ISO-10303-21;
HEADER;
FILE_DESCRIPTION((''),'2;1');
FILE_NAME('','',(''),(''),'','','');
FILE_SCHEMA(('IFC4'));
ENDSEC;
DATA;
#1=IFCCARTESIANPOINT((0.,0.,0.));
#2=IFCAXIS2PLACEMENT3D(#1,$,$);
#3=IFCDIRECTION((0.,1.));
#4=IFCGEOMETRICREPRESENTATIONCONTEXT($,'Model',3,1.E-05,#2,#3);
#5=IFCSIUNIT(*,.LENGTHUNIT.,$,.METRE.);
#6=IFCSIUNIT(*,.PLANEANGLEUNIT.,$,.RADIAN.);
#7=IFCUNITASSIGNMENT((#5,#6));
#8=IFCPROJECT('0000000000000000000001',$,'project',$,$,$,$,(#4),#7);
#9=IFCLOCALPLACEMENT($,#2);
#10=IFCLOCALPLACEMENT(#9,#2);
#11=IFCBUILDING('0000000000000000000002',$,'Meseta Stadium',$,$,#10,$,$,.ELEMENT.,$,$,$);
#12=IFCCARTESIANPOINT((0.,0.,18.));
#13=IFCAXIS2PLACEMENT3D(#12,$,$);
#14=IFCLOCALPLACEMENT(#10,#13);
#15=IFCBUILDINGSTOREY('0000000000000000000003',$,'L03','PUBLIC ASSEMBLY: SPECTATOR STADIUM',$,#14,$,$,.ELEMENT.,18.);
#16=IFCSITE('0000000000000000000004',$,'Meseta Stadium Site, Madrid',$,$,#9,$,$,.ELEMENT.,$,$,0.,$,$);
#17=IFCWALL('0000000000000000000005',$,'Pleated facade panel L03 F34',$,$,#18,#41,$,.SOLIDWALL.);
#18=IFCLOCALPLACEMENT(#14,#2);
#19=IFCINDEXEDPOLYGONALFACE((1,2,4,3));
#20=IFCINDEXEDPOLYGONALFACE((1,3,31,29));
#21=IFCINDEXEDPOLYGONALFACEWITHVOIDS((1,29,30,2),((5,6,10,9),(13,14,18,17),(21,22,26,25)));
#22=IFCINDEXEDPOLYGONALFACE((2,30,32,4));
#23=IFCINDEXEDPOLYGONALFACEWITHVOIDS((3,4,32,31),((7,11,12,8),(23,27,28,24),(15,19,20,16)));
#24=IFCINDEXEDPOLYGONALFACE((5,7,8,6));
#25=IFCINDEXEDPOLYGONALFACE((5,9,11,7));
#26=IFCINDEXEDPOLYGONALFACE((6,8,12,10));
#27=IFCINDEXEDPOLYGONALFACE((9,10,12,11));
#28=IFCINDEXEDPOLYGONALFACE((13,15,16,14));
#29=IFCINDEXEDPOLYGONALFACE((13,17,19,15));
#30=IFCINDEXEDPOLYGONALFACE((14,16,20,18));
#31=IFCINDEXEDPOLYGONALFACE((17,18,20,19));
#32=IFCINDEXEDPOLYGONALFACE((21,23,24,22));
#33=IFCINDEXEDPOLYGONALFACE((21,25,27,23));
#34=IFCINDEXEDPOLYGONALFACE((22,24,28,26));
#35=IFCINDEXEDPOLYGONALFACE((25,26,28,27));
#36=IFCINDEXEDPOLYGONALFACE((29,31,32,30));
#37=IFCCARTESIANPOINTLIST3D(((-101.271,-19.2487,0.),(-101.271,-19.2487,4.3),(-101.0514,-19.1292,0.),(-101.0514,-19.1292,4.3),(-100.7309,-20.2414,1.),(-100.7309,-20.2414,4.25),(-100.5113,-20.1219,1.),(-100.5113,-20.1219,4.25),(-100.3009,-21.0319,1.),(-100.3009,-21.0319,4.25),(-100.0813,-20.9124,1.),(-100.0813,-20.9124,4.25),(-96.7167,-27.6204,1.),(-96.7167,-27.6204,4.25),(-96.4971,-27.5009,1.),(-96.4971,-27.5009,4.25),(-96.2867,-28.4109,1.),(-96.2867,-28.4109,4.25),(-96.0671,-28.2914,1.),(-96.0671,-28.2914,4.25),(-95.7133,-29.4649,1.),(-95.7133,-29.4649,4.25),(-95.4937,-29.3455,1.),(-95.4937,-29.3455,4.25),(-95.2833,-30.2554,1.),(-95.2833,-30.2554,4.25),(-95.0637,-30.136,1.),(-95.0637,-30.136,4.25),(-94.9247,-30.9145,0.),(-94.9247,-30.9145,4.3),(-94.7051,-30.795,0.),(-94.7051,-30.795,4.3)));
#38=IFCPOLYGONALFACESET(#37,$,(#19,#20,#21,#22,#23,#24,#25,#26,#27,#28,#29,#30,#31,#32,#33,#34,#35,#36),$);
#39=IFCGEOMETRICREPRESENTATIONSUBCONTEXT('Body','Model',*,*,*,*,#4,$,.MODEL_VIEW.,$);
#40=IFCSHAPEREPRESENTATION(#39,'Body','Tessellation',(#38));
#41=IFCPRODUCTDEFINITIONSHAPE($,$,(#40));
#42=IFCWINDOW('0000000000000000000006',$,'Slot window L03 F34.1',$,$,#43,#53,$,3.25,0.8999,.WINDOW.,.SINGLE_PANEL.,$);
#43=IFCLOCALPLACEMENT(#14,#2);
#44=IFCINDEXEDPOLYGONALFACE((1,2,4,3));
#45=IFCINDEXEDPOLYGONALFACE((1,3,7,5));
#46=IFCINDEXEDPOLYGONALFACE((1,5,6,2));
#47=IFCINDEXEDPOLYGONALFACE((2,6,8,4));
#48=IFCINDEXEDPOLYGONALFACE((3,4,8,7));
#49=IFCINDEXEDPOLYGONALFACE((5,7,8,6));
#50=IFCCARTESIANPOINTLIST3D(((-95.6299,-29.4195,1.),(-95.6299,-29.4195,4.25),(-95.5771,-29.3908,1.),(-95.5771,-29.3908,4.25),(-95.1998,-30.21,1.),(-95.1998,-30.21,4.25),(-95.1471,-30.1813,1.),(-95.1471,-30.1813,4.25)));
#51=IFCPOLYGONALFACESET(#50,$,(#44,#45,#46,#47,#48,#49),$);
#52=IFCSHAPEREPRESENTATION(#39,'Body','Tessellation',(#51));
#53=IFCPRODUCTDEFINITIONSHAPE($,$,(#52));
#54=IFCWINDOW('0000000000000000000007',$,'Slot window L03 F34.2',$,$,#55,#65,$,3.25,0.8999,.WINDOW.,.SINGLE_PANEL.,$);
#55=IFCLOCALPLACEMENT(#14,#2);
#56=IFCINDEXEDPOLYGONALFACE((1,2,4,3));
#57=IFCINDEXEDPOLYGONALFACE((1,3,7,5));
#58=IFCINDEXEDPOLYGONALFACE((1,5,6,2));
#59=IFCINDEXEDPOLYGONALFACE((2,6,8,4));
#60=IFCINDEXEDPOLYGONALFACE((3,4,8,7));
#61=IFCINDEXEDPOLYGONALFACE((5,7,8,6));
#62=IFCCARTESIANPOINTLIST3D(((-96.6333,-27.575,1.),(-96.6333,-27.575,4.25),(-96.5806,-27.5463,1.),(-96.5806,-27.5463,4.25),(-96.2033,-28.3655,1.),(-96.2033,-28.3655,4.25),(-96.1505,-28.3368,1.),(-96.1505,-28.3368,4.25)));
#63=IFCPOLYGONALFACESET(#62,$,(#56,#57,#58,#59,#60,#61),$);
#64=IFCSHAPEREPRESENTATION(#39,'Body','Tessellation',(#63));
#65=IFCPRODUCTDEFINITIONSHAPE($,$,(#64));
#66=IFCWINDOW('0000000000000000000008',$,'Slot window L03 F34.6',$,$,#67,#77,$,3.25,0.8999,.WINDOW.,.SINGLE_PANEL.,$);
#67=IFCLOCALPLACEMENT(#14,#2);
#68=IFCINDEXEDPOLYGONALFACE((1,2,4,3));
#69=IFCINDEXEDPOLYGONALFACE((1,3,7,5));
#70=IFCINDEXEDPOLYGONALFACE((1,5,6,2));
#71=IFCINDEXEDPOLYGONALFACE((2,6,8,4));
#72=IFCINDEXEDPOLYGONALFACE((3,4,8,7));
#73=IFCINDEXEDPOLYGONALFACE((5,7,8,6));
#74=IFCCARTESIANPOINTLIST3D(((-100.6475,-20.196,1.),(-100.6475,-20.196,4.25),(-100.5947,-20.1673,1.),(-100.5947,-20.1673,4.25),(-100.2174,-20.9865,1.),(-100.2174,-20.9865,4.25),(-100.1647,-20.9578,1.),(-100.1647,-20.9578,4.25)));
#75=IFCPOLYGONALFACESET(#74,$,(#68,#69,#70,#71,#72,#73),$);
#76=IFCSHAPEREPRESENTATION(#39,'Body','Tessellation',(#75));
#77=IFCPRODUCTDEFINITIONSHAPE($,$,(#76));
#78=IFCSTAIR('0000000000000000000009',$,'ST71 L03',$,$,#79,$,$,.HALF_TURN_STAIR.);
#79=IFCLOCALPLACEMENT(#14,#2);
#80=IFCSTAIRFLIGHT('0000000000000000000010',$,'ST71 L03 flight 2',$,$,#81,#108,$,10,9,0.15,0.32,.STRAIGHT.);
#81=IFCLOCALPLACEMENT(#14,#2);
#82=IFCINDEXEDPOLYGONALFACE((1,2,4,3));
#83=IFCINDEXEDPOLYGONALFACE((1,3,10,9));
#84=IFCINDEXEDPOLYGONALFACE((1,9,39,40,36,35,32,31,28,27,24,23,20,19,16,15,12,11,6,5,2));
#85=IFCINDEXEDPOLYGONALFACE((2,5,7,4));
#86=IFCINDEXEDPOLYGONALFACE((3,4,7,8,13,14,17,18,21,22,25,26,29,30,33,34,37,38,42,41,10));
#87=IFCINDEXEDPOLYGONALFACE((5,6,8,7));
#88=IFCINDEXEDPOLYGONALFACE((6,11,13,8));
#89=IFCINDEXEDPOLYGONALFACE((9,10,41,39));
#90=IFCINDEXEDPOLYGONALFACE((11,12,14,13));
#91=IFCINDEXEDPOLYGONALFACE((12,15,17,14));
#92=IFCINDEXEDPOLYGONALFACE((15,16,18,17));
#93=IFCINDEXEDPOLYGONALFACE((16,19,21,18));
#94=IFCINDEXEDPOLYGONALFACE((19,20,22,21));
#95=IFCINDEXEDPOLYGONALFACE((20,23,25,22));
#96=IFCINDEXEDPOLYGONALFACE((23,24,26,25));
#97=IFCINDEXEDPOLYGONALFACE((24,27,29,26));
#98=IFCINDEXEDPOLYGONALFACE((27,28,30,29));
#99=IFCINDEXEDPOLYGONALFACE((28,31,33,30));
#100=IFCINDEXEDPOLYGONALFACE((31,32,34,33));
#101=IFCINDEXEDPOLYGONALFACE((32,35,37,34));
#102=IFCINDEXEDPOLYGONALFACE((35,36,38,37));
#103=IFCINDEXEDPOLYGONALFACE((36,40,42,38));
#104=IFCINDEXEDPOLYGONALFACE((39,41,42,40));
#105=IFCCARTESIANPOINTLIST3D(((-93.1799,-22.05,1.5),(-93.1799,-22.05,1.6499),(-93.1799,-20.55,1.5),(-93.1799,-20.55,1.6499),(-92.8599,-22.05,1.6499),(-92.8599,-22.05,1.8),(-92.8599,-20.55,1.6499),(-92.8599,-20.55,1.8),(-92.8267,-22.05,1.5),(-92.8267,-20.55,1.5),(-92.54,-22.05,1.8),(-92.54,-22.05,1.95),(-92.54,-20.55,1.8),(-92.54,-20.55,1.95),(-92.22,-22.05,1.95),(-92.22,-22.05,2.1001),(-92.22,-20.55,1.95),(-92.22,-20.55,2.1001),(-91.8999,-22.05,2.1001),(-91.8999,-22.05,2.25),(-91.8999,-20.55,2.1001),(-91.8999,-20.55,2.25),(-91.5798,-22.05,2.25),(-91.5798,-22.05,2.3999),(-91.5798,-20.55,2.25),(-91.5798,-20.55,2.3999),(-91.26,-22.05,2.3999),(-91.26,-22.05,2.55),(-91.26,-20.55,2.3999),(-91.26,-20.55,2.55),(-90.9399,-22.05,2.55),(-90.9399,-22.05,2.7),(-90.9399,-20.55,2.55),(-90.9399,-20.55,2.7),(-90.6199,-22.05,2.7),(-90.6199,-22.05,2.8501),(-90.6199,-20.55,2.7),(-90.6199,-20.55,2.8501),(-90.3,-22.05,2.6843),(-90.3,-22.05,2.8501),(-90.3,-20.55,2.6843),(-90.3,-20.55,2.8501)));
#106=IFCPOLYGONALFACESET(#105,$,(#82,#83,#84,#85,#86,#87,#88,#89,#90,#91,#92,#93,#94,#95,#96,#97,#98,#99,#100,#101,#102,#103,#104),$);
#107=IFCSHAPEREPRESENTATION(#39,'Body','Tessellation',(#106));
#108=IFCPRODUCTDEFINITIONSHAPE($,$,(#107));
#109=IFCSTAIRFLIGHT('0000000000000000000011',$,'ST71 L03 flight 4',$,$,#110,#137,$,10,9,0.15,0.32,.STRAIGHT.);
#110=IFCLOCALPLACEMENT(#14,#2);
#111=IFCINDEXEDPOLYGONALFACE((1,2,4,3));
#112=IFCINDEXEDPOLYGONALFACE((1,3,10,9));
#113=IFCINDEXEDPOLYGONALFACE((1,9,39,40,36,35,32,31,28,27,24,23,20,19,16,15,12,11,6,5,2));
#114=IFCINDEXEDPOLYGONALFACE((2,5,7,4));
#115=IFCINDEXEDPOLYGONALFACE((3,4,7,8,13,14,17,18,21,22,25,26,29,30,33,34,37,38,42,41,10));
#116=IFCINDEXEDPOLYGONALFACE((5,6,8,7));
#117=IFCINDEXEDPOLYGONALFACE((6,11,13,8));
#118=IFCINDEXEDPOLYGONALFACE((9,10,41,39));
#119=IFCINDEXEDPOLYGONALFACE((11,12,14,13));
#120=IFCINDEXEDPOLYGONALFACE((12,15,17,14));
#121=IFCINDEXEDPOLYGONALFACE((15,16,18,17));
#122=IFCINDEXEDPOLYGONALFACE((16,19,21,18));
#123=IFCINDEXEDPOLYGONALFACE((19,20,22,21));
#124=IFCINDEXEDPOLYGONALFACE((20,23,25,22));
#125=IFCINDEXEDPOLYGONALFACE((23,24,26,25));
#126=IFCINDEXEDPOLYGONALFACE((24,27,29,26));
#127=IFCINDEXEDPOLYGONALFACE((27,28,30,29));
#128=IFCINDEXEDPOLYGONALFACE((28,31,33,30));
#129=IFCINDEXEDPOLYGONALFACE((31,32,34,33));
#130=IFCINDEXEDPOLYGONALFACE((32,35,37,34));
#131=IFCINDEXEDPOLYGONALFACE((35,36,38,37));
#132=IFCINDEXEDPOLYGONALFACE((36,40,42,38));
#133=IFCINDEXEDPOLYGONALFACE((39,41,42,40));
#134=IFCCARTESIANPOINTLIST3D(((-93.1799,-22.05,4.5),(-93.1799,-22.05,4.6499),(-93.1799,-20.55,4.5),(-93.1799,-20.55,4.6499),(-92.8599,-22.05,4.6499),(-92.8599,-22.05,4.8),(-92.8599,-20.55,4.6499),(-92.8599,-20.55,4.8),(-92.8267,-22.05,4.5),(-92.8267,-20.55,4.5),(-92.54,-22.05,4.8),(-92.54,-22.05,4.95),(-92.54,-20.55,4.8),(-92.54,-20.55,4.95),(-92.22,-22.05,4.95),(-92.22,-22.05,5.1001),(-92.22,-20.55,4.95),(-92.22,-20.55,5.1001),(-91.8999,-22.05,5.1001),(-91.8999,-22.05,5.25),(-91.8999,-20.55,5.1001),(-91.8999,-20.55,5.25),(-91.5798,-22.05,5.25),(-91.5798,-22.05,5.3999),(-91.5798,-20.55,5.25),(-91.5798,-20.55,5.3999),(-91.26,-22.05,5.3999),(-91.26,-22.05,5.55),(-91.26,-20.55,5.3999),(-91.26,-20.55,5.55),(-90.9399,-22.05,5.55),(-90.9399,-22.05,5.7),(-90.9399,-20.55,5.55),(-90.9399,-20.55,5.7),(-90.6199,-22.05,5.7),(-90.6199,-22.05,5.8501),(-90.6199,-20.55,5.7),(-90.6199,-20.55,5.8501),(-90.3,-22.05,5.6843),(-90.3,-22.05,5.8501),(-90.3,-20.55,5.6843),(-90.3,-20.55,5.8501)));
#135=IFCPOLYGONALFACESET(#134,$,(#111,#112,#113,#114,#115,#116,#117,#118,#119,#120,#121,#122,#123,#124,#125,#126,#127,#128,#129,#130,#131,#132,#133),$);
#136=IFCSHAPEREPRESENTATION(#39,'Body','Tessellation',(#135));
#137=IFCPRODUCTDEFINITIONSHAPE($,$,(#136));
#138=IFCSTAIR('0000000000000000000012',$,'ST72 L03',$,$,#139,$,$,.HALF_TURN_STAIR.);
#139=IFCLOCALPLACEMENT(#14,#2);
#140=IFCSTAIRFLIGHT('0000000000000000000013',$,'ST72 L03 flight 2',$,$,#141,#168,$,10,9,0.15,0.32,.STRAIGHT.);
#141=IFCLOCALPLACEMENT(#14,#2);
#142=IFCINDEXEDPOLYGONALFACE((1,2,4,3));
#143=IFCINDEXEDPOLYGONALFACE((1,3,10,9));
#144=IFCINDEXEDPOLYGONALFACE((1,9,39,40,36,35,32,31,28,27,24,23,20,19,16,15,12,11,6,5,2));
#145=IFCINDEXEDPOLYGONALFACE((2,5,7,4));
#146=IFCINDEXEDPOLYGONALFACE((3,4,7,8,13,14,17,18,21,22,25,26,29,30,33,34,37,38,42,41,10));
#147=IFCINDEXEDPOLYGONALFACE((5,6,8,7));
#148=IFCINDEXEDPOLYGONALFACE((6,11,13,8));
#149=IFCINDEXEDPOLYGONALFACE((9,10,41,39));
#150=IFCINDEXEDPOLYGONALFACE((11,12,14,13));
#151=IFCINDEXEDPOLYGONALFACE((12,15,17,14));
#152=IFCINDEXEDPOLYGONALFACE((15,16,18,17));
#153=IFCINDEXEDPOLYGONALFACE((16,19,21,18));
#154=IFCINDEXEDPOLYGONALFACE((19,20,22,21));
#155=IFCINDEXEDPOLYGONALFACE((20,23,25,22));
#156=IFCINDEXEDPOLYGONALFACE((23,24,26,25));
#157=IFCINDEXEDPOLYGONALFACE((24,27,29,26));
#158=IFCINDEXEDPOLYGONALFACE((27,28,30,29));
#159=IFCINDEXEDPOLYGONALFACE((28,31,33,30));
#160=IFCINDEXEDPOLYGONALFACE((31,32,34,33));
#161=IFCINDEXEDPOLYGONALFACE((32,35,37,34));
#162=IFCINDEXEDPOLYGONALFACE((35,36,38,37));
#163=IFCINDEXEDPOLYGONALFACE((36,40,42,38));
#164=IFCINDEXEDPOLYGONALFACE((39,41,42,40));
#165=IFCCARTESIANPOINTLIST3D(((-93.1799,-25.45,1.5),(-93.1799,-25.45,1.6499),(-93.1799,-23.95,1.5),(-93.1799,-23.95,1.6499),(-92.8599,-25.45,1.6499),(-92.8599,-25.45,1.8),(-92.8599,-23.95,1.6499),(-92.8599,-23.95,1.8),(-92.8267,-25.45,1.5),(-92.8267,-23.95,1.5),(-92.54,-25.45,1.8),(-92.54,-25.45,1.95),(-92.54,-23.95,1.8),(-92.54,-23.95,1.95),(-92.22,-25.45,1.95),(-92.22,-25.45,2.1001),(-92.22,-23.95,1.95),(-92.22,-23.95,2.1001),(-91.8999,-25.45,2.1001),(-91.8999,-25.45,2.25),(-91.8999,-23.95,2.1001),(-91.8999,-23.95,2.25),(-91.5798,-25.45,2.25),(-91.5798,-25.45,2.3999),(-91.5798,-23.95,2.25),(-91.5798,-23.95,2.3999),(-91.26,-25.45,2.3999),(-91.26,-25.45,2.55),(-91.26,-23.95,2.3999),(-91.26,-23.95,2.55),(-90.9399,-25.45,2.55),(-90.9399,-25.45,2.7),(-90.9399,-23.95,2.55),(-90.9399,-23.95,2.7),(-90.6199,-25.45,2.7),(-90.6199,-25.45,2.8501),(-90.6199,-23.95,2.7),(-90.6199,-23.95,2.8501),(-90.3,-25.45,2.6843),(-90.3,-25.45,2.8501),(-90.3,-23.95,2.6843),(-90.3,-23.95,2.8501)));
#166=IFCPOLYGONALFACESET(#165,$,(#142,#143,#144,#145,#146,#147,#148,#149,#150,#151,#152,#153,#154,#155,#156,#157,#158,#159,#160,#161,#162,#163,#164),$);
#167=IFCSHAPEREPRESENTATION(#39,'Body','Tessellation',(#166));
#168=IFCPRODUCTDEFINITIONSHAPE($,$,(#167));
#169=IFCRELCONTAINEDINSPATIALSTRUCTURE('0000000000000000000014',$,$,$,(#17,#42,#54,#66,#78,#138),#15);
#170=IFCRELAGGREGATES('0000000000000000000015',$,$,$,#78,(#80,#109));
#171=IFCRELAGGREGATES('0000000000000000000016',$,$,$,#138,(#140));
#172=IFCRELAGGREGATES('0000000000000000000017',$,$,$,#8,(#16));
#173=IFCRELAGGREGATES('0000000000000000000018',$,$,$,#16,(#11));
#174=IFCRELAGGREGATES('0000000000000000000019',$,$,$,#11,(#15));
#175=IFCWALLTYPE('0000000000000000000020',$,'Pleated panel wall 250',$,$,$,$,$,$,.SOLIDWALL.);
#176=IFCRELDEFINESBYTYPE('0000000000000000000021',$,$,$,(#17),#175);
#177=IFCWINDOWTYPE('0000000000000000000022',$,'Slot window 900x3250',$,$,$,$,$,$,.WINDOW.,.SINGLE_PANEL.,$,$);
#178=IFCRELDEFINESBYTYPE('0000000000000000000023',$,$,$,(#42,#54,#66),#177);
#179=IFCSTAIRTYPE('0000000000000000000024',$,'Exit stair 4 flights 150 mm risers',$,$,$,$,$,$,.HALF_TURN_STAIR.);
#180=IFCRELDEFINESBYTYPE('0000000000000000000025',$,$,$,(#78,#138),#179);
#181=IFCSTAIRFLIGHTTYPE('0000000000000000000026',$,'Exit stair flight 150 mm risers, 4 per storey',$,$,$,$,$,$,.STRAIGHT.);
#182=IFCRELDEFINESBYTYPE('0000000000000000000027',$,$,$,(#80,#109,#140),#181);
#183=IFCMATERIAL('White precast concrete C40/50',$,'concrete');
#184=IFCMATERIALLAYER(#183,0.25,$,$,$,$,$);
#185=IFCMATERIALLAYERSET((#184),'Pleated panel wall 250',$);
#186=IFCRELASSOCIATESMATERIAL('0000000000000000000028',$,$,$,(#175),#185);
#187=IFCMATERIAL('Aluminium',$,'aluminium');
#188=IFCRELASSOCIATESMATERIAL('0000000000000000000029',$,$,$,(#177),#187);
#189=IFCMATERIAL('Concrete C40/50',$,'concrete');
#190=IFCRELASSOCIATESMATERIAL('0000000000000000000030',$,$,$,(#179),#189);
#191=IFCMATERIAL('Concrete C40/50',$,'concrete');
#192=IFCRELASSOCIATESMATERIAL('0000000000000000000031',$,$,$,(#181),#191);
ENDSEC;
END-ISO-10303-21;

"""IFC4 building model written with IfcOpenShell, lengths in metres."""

from ifc_helpers import new_model, si_unit, direction, frame, frame_2d, origin, place, context, subcontext, project, spatial, polyline, rectangle, outline, extrude, material, layer, layer_set, type_object, element, fill, aggregate, save


model = new_model("IFC4")

# Units and contexts
model_context = context("Model", 3, precision=1e-05, world=origin(), true_north=direction((0.0, 1.0)))
body_context = subcontext(model_context, "Body", "Model", "MODEL_VIEW")
ifc_project = project(units=[si_unit("LENGTHUNIT", "METRE"), si_unit("PLANEANGLEUNIT", "RADIAN")], contexts=[model_context])

# Site, building, storey
site_placement = place(None, origin())
site = spatial("IfcSite", under=ifc_project, at=site_placement, Name="Meseta Stadium Site, Madrid", CompositionType="ELEMENT", RefElevation=0.0)
building_placement = place(site_placement, origin())
building = spatial("IfcBuilding", under=site, at=building_placement, Name="Meseta Stadium", CompositionType="ELEMENT")
storey_placement = place(building_placement, frame((0.0, 0.0, 18.0)))
storey = spatial("IfcBuildingStorey", under=building, at=storey_placement, Name="L03", Description="PUBLIC ASSEMBLY: SPECTATOR STADIUM", CompositionType="ELEMENT", Elevation=18.0)

# Wall, openings, windows
ifc_material_1 = material(Name="White precast concrete C40/50", Category="concrete")
ifc_layer_1 = layer(ifc_material_1, 0.25)
ifc_layer_set_1 = layer_set([ifc_layer_1], Name="Pleated panel wall 250")
wall_type_1 = type_object("IfcWallType", Name="Pleated panel wall 250", PredefinedType="SOLIDWALL", material=ifc_layer_set_1)
wall_1_placement = place(storey_placement, frame((-94.8149, -30.8547, 0.0), z_axis=(0.0, 0.0, 1.0), x_axis=(-0.477868, 0.878432, 0.0)))
wall_1 = element("IfcWall", 1, at=wall_1_placement, inside=storey, type_object=wall_type_1, Name="Pleated facade panel L03 F34", PredefinedType="SOLIDWALL", context=body_context, shape_type="SweptSolid", body=[
    extrude(rectangle(XDim=13.2803, YDim=0.25, at=frame_2d((6.6401, 0.0))), origin(), (0.0, 0.0, 1.0), 4.3),
])
opening_1_placement = place(wall_1_placement, frame((0.7502, 0.0, 1.0)))
opening_1 = element("IfcOpeningElement", 2, at=opening_1_placement, cuts=wall_1, PredefinedType="OPENING", context=body_context, shape_type="SweptSolid", body=[
    extrude(rectangle(XDim=0.8999, YDim=3.25, at=frame_2d((0.45, 1.625))), frame((0.0, 0.135, 0.0), z_axis=(0.0, -1.0, 0.0), x_axis=(1.0, 0.0, 0.0)), (0.0, 0.0, 1.0), 0.27),
])
opening_2_placement = place(wall_1_placement, frame((2.8501, 0.0, 1.0)))
opening_2 = element("IfcOpeningElement", 3, at=opening_2_placement, cuts=wall_1, PredefinedType="OPENING", context=body_context, shape_type="SweptSolid", body=[
    extrude(rectangle(XDim=0.8999, YDim=3.25, at=frame_2d((0.45, 1.625))), frame((0.0, 0.135, 0.0), z_axis=(0.0, -1.0, 0.0), x_axis=(1.0, 0.0, 0.0)), (0.0, 0.0, 1.0), 0.27),
])
opening_3_placement = place(wall_1_placement, frame((11.2502, 0.0, 1.0)))
opening_3 = element("IfcOpeningElement", 4, at=opening_3_placement, cuts=wall_1, PredefinedType="OPENING", context=body_context, shape_type="SweptSolid", body=[
    extrude(rectangle(XDim=0.8999, YDim=3.25, at=frame_2d((0.45, 1.625))), frame((0.0, 0.135, 0.0), z_axis=(0.0, -1.0, 0.0), x_axis=(1.0, 0.0, 0.0)), (0.0, 0.0, 1.0), 0.27),
])
ifc_material_2 = material(Name="Aluminium", Category="aluminium")
window_type = type_object("IfcWindowType", Name="Slot window 900x3250", PartitioningType="SINGLE_PANEL", PredefinedType="WINDOW", material=ifc_material_2)
window_1_placement = place(opening_1_placement, origin())
window_1 = element("IfcWindow", 5, at=window_1_placement, inside=storey, type_object=window_type, Name="Slot window L03 F34.1", OverallHeight=3.25, OverallWidth=0.8999, PartitioningType="SINGLE_PANEL", PredefinedType="WINDOW", context=body_context, shape_type="SweptSolid", body=[
    extrude(rectangle(XDim=0.8999, YDim=3.25, at=frame_2d((0.45, 1.625))), frame((0.0, 0.03, 0.0), z_axis=(0.0, -1.0, 0.0), x_axis=(1.0, 0.0, 0.0)), (0.0, 0.0, 1.0), 0.0601),
])
fill(opening_1, window_1)
window_2_placement = place(opening_2_placement, origin())
window_2 = element("IfcWindow", 6, at=window_2_placement, inside=storey, type_object=window_type, Name="Slot window L03 F34.2", OverallHeight=3.25, OverallWidth=0.8999, PartitioningType="SINGLE_PANEL", PredefinedType="WINDOW", context=body_context, shape_type="SweptSolid", body=[
    extrude(rectangle(XDim=0.8999, YDim=3.25, at=frame_2d((0.45, 1.625))), frame((0.0, 0.03, 0.0), z_axis=(0.0, -1.0, 0.0), x_axis=(1.0, 0.0, 0.0)), (0.0, 0.0, 1.0), 0.0601),
])
fill(opening_2, window_2)
window_3_placement = place(opening_3_placement, origin())
window_3 = element("IfcWindow", 7, at=window_3_placement, inside=storey, type_object=window_type, Name="Slot window L03 F34.6", OverallHeight=3.25, OverallWidth=0.8999, PartitioningType="SINGLE_PANEL", PredefinedType="WINDOW", context=body_context, shape_type="SweptSolid", body=[
    extrude(rectangle(XDim=0.8999, YDim=3.25, at=frame_2d((0.45, 1.625))), frame((0.0, 0.03, 0.0), z_axis=(0.0, -1.0, 0.0), x_axis=(1.0, 0.0, 0.0)), (0.0, 0.0, 1.0), 0.0601),
])
fill(opening_3, window_3)

# Stairs, stair flights
ifc_material_3 = material(Name="Concrete C40/50", Category="concrete")
stair_type = type_object("IfcStairType", Name="Exit stair 4 flights 150 mm risers", PredefinedType="HALF_TURN_STAIR", material=ifc_material_3)
stair_1_placement = place(storey_placement, origin())
stair_1 = element("IfcStair", 8, at=stair_1_placement, inside=storey, type_object=stair_type, Name="ST71 L03", PredefinedType="HALF_TURN_STAIR")
ifc_material_4 = material(Name="Concrete C40/50", Category="concrete")
stair_flight_type = type_object("IfcStairFlightType", Name="Exit stair flight 150 mm risers, 4 per storey", PredefinedType="STRAIGHT", material=ifc_material_4)
stair_flight_1_placement = place(storey_placement, frame((-93.1799, -21.3, 1.5), z_axis=(0.0, 0.0, 1.0), x_axis=(1.0, 0.0, 0.0)))
stair_flight_1 = element("IfcStairFlight", 9, at=stair_flight_1_placement, type_object=stair_flight_type, Name="ST71 L03 flight 2", NumberOfRisers=10, NumberOfTreads=9, PredefinedType="STRAIGHT", RiserHeight=0.15, TreadLength=0.32, context=body_context, shape_type="SweptSolid", body=[
    extrude(outline(polyline([(0.0, 0.0), (0.0, 0.1499), (0.3201, 0.1499), (0.3201, 0.3), (0.6399, 0.3), (0.6399, 0.45), (0.96, 0.45), (0.96, 0.6001), (1.28, 0.6001), (1.28, 0.75), (1.6001, 0.75), (1.6001, 0.8999), (1.9199, 0.8999), (1.9199, 1.05), (2.24, 1.05), (2.24, 1.2), (2.5601, 1.2), (2.5601, 1.3501), (2.8799, 1.3501), (2.8799, 1.1843), (0.3533, 0.0), (0.0, 0.0)])), frame((0.0, 0.75, 0.0), z_axis=(0.0, -1.0, 0.0), x_axis=(1.0, 0.0, 0.0)), (0.0, 0.0, 1.0), 1.5),
])
stair_flight_2_placement = place(storey_placement, frame((-93.1799, -21.3, 4.5), z_axis=(0.0, 0.0, 1.0), x_axis=(1.0, 0.0, 0.0)))
stair_flight_2 = element("IfcStairFlight", 10, at=stair_flight_2_placement, type_object=stair_flight_type, Name="ST71 L03 flight 4", NumberOfRisers=10, NumberOfTreads=9, PredefinedType="STRAIGHT", RiserHeight=0.15, TreadLength=0.32, context=body_context, shape_type="SweptSolid", body=[
    extrude(outline(polyline([(0.0, 0.0), (0.0, 0.1499), (0.3201, 0.1499), (0.3201, 0.3), (0.6399, 0.3), (0.6399, 0.45), (0.96, 0.45), (0.96, 0.6001), (1.28, 0.6001), (1.28, 0.75), (1.6001, 0.75), (1.6001, 0.8999), (1.9199, 0.8999), (1.9199, 1.05), (2.24, 1.05), (2.24, 1.2), (2.5601, 1.2), (2.5601, 1.3501), (2.8799, 1.3501), (2.8799, 1.1843), (0.3533, 0.0), (0.0, 0.0)])), frame((0.0, 0.75, 0.0), z_axis=(0.0, -1.0, 0.0), x_axis=(1.0, 0.0, 0.0)), (0.0, 0.0, 1.0), 1.5),
])
aggregate(stair_1, [stair_flight_1, stair_flight_2])
stair_2_placement = place(storey_placement, origin())
stair_2 = element("IfcStair", 11, at=stair_2_placement, inside=storey, type_object=stair_type, Name="ST72 L03", PredefinedType="HALF_TURN_STAIR")
stair_flight_3_placement = place(storey_placement, frame((-93.1799, -24.7, 1.5), z_axis=(0.0, 0.0, 1.0), x_axis=(1.0, 0.0, 0.0)))
stair_flight_3 = element("IfcStairFlight", 12, at=stair_flight_3_placement, type_object=stair_flight_type, Name="ST72 L03 flight 2", NumberOfRisers=10, NumberOfTreads=9, PredefinedType="STRAIGHT", RiserHeight=0.15, TreadLength=0.32, context=body_context, shape_type="SweptSolid", body=[
    extrude(outline(polyline([(0.0, 0.0), (0.0, 0.1499), (0.3201, 0.1499), (0.3201, 0.3), (0.6399, 0.3), (0.6399, 0.45), (0.96, 0.45), (0.96, 0.6001), (1.28, 0.6001), (1.28, 0.75), (1.6001, 0.75), (1.6001, 0.8999), (1.9199, 0.8999), (1.9199, 1.05), (2.24, 1.05), (2.24, 1.2), (2.5601, 1.2), (2.5601, 1.3501), (2.8799, 1.3501), (2.8799, 1.1843), (0.3533, 0.0), (0.0, 0.0)])), frame((0.0, 0.75, 0.0), z_axis=(0.0, -1.0, 0.0), x_axis=(1.0, 0.0, 0.0)), (0.0, 0.0, 1.0), 1.5),
])
aggregate(stair_2, [stair_flight_3])

save(model, "model.ifc")
